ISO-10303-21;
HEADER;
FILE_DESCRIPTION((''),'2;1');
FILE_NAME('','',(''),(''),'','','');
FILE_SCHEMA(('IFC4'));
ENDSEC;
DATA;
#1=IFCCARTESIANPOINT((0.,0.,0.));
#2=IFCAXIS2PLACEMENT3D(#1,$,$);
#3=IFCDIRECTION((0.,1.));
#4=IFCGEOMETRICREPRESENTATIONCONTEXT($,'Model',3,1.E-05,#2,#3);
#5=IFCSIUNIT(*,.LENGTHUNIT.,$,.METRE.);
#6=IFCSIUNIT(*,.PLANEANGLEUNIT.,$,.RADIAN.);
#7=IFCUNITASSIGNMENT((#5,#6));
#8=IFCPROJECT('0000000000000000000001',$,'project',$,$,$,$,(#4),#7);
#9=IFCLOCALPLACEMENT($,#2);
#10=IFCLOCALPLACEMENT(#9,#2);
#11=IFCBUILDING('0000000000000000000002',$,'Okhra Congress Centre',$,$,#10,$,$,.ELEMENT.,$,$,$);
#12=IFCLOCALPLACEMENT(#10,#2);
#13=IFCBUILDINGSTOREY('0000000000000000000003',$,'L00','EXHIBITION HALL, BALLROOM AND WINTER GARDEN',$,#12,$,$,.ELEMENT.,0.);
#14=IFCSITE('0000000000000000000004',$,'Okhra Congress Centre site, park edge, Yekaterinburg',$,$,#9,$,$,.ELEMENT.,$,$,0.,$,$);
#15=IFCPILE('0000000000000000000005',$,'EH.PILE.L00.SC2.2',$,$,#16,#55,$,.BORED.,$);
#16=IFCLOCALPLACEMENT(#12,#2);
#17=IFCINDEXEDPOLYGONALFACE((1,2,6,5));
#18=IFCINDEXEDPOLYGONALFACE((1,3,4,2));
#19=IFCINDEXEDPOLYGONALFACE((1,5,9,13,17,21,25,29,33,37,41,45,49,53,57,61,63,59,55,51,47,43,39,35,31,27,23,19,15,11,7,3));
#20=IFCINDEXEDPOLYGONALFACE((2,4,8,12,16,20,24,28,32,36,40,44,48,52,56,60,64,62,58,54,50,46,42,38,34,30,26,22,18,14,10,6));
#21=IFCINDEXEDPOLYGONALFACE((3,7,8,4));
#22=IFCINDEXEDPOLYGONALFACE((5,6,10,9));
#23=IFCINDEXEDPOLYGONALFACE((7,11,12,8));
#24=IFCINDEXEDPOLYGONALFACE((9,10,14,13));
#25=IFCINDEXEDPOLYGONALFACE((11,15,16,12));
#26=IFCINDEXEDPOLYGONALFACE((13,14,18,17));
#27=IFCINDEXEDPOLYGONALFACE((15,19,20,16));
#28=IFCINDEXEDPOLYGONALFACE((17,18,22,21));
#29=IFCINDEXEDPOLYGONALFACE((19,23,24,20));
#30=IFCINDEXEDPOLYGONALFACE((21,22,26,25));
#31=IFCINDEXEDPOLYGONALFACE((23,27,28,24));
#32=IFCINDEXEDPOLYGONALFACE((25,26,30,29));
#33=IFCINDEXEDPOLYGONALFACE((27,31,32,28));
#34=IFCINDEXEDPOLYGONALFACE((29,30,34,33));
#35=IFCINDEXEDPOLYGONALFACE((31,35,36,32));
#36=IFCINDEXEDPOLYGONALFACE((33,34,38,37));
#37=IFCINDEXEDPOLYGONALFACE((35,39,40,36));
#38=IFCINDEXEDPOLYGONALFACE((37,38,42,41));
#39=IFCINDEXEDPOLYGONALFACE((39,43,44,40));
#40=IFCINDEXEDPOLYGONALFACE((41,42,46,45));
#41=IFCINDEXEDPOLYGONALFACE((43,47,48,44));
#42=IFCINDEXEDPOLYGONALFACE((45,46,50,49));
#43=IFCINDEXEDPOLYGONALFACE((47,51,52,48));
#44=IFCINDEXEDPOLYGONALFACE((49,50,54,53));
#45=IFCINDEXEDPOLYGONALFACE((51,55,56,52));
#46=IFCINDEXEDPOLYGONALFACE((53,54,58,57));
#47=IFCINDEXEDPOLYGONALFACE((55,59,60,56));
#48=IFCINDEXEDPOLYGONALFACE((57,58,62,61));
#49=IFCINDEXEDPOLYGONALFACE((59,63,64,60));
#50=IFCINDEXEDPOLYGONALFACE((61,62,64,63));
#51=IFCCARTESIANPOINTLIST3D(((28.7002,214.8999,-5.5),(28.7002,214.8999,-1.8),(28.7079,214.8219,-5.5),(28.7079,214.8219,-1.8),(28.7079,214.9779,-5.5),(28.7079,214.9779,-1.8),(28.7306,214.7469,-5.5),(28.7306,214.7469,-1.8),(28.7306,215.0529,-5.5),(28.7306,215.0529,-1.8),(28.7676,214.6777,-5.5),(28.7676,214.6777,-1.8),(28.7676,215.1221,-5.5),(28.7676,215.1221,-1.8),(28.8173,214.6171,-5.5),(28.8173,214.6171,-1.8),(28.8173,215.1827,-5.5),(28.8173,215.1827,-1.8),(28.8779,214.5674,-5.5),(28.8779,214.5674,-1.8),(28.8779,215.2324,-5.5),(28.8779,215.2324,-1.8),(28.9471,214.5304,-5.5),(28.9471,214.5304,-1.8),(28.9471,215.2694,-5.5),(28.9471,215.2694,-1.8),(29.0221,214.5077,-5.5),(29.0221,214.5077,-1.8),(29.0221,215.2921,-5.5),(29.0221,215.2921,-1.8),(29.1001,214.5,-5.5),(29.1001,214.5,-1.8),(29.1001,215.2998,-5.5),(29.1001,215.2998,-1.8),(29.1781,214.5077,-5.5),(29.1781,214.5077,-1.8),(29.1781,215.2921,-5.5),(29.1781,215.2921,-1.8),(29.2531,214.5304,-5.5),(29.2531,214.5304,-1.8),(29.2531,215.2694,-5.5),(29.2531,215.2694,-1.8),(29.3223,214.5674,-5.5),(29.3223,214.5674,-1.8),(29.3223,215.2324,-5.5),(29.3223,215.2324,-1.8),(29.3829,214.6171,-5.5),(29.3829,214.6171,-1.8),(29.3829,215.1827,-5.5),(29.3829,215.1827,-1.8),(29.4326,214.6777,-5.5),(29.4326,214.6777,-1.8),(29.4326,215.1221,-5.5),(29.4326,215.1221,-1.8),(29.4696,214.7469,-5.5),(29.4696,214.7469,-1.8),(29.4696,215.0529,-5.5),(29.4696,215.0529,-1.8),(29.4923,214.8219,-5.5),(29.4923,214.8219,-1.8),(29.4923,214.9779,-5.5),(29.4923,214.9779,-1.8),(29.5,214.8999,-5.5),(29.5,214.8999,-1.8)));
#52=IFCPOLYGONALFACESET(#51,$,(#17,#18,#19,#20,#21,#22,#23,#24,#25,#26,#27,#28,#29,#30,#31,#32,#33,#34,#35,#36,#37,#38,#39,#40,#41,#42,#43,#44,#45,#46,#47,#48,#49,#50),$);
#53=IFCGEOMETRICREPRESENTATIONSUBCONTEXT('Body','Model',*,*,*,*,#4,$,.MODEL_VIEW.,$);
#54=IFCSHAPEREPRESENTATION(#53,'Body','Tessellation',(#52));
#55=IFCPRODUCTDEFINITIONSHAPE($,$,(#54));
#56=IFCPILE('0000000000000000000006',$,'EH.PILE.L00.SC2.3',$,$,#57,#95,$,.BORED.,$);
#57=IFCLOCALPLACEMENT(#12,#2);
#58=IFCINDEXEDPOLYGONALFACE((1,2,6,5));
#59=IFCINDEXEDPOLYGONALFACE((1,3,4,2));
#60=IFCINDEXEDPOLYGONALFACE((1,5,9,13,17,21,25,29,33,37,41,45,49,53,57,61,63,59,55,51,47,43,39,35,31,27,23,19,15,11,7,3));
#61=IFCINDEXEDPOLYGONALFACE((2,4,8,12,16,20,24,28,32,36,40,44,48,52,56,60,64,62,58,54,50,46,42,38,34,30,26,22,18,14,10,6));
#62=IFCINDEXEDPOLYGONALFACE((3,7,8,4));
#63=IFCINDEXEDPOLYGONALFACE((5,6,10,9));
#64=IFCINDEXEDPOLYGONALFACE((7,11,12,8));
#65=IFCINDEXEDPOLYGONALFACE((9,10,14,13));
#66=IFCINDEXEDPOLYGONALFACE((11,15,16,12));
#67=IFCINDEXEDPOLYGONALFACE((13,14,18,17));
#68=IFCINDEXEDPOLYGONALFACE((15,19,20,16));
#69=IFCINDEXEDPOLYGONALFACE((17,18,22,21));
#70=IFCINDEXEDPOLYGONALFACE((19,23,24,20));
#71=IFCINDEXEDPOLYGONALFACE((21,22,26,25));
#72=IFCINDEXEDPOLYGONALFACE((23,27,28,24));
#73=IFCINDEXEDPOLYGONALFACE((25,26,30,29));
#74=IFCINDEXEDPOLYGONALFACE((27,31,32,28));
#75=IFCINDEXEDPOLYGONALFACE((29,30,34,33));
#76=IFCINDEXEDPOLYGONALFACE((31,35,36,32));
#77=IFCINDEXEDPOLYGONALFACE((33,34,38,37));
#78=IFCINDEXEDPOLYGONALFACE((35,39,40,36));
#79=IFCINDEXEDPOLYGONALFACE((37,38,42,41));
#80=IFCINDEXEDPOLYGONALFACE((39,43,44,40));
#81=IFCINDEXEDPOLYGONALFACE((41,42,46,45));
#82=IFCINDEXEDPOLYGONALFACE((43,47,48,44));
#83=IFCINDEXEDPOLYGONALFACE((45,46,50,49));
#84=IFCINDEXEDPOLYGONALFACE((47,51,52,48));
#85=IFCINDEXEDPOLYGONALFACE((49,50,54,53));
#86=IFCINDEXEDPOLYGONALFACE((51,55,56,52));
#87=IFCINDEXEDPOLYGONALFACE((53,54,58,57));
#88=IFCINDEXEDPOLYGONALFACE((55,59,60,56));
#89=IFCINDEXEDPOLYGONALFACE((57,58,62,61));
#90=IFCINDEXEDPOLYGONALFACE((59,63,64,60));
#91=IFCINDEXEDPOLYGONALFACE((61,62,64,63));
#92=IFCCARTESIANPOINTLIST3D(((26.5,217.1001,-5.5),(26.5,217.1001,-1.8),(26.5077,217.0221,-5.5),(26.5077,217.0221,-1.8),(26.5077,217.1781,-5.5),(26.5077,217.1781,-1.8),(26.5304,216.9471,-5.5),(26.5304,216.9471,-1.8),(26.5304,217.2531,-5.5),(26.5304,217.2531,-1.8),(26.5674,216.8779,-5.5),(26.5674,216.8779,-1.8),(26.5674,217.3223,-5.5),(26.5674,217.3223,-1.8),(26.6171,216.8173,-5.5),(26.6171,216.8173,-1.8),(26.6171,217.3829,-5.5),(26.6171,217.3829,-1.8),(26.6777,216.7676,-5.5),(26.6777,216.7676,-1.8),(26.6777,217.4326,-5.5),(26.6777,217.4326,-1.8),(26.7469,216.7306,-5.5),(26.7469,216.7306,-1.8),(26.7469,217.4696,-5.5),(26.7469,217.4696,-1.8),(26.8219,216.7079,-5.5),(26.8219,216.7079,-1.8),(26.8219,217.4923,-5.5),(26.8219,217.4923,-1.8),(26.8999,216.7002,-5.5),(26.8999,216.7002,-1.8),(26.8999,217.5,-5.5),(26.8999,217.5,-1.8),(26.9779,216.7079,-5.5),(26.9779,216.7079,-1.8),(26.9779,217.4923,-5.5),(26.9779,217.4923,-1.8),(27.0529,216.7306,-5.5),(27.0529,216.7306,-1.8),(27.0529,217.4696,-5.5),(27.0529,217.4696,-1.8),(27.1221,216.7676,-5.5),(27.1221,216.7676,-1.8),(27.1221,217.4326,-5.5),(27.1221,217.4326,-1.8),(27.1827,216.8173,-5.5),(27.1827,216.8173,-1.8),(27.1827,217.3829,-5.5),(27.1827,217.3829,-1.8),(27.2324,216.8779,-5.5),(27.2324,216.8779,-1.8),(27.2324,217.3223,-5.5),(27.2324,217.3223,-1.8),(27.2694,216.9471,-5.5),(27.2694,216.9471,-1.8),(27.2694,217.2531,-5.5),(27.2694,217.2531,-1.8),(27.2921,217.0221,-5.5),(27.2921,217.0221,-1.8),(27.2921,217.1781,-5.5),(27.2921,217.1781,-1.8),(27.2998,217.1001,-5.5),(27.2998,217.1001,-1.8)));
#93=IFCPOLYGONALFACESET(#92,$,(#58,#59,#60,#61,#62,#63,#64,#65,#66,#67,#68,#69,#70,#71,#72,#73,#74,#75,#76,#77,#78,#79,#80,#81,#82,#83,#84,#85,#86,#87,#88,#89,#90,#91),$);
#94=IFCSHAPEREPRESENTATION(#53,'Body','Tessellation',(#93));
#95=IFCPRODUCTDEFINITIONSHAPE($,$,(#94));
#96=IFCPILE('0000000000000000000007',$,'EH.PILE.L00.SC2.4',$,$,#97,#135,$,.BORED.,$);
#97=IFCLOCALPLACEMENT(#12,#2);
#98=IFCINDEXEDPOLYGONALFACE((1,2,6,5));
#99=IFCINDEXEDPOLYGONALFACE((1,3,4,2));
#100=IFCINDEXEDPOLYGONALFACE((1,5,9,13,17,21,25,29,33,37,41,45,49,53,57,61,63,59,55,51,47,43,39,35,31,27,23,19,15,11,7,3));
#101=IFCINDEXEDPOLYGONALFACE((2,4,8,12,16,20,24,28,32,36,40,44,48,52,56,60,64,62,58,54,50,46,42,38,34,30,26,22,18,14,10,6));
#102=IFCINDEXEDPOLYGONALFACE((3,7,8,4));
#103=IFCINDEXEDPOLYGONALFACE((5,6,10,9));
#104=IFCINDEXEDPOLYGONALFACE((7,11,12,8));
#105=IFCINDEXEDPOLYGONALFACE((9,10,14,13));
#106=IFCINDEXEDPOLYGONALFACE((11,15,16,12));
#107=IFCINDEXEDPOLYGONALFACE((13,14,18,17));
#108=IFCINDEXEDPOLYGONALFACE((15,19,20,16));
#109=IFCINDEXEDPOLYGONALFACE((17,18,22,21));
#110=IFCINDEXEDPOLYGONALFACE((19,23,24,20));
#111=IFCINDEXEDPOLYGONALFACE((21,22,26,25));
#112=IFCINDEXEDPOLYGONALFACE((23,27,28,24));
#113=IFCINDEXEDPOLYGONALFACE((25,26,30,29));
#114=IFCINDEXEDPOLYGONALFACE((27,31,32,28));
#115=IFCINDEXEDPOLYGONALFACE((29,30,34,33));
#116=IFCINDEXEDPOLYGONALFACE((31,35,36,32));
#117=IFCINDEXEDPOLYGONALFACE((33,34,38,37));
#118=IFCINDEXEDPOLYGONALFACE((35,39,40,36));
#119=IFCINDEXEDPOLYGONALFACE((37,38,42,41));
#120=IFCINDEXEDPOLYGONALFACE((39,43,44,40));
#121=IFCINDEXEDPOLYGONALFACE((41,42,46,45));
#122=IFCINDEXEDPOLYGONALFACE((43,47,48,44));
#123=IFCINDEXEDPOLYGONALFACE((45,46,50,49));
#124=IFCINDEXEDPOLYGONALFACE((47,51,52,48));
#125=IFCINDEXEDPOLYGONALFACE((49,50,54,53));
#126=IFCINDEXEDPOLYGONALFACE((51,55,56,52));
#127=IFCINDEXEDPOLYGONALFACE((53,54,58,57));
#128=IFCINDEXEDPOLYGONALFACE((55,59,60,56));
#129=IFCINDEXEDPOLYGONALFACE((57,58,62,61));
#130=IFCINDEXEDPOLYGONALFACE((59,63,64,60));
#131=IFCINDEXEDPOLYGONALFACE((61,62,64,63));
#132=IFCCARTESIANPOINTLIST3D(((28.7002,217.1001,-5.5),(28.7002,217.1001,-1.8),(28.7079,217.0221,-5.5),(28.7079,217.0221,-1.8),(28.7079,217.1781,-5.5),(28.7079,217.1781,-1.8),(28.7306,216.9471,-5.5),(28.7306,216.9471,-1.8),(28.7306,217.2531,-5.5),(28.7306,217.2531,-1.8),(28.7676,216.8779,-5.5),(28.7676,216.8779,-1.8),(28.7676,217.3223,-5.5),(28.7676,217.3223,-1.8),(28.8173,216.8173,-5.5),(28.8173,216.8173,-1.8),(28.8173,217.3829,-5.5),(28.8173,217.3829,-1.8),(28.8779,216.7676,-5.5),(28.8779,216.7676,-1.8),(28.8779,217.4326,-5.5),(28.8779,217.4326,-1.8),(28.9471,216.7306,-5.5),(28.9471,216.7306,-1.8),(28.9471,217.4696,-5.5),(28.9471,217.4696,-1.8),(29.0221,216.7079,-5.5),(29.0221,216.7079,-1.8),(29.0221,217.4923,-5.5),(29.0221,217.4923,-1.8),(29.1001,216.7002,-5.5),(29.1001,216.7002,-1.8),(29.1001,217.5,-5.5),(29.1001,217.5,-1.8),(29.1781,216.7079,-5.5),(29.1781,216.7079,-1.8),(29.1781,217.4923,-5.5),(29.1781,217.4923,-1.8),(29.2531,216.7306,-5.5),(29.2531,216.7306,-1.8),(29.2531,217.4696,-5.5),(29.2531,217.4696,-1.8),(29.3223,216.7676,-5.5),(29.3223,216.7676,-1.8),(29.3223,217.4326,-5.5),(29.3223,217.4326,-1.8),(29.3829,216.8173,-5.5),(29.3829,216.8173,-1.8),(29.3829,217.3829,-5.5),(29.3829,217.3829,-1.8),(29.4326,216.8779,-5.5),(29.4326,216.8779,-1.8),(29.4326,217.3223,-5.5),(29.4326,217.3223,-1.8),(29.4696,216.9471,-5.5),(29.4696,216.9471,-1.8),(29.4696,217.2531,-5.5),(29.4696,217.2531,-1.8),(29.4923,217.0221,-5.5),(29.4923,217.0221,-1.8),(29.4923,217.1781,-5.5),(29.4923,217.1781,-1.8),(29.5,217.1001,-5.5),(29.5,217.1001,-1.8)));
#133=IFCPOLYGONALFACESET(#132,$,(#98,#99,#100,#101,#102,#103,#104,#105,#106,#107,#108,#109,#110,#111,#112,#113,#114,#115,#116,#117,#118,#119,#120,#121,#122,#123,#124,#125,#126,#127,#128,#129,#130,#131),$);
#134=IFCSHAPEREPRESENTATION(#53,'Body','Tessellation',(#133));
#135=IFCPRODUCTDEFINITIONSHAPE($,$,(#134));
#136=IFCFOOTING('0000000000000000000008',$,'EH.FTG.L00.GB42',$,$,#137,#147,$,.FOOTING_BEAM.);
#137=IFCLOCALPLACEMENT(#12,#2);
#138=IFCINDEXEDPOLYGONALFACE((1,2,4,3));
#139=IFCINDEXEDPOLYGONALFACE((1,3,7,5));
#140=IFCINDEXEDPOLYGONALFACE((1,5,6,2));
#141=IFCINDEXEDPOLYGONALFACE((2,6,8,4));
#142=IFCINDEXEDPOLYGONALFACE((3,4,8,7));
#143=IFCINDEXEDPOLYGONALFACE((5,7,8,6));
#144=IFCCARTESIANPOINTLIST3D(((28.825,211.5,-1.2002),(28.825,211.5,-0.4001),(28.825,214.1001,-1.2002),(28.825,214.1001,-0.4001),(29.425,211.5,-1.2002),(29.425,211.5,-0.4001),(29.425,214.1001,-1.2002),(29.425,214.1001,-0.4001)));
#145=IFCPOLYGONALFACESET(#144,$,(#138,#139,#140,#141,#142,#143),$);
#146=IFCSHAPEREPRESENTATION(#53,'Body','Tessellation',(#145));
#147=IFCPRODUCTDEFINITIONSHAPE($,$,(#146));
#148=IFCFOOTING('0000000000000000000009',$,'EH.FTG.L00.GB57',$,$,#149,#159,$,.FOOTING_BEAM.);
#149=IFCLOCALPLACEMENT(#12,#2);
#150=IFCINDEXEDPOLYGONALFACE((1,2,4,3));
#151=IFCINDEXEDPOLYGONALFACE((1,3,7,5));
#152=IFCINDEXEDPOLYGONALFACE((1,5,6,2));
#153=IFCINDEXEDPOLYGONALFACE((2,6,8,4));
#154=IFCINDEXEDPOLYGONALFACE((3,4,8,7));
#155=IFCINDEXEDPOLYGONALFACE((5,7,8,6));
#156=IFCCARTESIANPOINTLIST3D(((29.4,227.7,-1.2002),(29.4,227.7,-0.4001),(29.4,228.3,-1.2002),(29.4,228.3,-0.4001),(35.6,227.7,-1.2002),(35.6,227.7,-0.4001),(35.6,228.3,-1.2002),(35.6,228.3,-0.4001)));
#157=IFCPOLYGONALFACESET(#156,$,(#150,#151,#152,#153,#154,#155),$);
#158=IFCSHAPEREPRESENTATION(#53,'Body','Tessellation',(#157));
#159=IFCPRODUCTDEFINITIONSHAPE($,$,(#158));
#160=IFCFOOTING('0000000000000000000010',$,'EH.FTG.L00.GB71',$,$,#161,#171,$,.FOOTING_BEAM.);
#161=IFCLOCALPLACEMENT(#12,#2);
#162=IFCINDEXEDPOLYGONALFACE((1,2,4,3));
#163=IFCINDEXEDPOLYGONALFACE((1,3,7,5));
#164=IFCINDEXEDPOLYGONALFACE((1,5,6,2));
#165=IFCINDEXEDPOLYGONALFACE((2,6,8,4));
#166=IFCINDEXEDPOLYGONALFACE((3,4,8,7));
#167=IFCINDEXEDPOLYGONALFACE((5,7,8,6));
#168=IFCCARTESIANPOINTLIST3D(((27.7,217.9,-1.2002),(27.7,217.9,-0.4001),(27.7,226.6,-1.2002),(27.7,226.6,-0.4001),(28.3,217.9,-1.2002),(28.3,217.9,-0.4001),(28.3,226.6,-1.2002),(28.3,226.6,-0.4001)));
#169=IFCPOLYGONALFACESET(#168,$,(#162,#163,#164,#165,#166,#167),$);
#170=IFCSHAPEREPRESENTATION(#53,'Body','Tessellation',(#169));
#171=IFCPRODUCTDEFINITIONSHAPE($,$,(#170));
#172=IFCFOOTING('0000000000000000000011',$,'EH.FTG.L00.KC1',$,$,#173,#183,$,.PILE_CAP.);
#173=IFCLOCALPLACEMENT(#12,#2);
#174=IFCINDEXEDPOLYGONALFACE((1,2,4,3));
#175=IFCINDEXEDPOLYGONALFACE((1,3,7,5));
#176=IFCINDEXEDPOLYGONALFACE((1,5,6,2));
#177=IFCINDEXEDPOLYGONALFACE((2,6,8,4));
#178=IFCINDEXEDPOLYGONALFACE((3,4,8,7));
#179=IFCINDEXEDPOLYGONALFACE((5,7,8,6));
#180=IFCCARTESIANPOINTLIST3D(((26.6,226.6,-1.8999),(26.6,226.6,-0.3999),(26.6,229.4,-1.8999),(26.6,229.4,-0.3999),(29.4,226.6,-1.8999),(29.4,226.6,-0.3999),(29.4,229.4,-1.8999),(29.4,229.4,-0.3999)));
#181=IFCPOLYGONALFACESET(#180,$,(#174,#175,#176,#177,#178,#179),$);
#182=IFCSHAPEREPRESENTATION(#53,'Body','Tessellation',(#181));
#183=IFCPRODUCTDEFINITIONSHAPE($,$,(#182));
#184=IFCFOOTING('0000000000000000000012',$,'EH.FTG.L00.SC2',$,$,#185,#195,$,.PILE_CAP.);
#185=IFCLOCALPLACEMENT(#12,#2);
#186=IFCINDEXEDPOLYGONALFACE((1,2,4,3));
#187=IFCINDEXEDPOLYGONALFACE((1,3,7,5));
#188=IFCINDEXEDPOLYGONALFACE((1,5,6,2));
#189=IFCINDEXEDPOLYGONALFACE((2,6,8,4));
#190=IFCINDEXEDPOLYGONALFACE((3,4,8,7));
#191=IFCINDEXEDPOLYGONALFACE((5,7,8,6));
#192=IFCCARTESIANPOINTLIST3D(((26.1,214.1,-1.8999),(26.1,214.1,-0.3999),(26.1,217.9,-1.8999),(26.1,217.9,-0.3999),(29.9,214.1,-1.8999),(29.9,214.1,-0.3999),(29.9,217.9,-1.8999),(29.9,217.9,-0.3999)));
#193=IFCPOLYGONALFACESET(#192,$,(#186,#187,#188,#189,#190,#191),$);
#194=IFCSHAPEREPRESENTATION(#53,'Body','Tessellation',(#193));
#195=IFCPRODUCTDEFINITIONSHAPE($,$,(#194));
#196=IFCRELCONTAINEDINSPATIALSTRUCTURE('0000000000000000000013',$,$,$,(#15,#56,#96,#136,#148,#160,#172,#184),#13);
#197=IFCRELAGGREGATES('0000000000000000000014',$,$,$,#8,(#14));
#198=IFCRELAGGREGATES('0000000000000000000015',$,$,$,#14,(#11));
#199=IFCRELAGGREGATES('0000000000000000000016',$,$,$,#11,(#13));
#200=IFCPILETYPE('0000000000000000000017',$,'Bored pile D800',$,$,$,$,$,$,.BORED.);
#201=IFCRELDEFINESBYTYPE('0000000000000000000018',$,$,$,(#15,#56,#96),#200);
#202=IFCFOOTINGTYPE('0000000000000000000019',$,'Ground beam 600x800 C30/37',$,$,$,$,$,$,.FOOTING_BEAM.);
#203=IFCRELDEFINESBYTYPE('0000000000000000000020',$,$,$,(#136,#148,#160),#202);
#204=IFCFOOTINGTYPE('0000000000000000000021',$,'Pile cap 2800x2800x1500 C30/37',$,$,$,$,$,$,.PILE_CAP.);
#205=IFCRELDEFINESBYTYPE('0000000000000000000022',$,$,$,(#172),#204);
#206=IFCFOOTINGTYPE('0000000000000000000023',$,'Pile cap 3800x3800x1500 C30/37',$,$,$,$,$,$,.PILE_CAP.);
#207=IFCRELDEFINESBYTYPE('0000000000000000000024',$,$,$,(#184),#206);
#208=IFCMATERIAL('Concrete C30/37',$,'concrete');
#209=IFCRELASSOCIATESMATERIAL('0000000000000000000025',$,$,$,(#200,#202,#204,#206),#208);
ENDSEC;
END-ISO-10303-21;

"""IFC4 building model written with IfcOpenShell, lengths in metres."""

from ifc_helpers import new_model, si_unit, direction, frame, origin, origin_2d, place, context, subcontext, project, spatial, rectangle, circle, extrude, material, material_profile, profile_set, type_object, element, save


model = new_model("IFC4")

# Units and contexts
model_context = context("Model", 3, precision=1e-05, world=origin(), true_north=direction((0.0, 1.0)))
body_context = subcontext(model_context, "Body", "Model", "MODEL_VIEW")
ifc_project = project(units=[si_unit("LENGTHUNIT", "METRE"), si_unit("PLANEANGLEUNIT", "RADIAN")], contexts=[model_context])

# Site, building, storey
site_placement = place(None, origin())
site = spatial("IfcSite", under=ifc_project, at=site_placement, Name="Okhra Congress Centre site, park edge, Yekaterinburg", CompositionType="ELEMENT", RefElevation=0.0)
building_placement = place(site_placement, origin())
building = spatial("IfcBuilding", under=site, at=building_placement, Name="Okhra Congress Centre", CompositionType="ELEMENT")
storey_placement = place(building_placement, origin())
storey = spatial("IfcBuildingStorey", under=building, at=storey_placement, Name="L00", Description="EXHIBITION HALL, BALLROOM AND WINTER GARDEN", CompositionType="ELEMENT", Elevation=0.0)

# Piles
ifc_material_1 = material(Name="Concrete C30/37", Category="concrete")
ifc_material_profile_1 = material_profile(ifc_material_1, circle(Radius=0.3999, at=origin_2d()), Name="D800")
ifc_profile_set_1 = profile_set([ifc_material_profile_1], Name="Concrete C30/37")
pile_type_1 = type_object("IfcPileType", Name="Bored pile D800", PredefinedType="BORED", material=ifc_profile_set_1)
for number, where, z_axis, x_axis, name in (
    (1, (29.1001, 214.8999, -1.8), (0.0, 0.0, -1.0), (1.0, 0.0, 0.0), "EH.PILE.L00.SC2.2"),
    (2, (26.8999, 217.1001, -1.8), (0.0, 0.0, -1.0), (1.0, 0.0, 0.0), "EH.PILE.L00.SC2.3"),
    (3, (29.1001, 217.1001, -1.8), (0.0, 0.0, -1.0), (1.0, 0.0, 0.0), "EH.PILE.L00.SC2.4"),
):
    element("IfcPile", number, at=place(storey_placement, frame(where, z_axis=z_axis, x_axis=x_axis)), inside=storey, type_object=pile_type_1, Name=name, PredefinedType="BORED", context=body_context, shape_type="SweptSolid", body=[
        extrude(circle(Radius=0.3999, at=origin_2d()), origin(), (0.0, 0.0, 1.0), 3.7),
    ])

# Footings
footing_type_1 = type_object("IfcFootingType", Name="Ground beam 600x800 C30/37", PredefinedType="FOOTING_BEAM", material=ifc_material_1)
footing_1_placement = place(storey_placement, frame((29.125, 212.8, -1.2002), z_axis=(0.0, 0.0, 1.0), x_axis=(0.0, 1.0, 0.0)))
element("IfcFooting", 4, at=footing_1_placement, inside=storey, type_object=footing_type_1, Name="EH.FTG.L00.GB42", PredefinedType="FOOTING_BEAM", context=body_context, shape_type="SweptSolid", body=[
    extrude(rectangle(XDim=2.6001, YDim=0.6001, at=origin_2d()), origin(), (0.0, 0.0, 1.0), 0.8),
])
footing_2_placement = place(storey_placement, frame((32.5, 228.0, -1.2002), z_axis=(0.0, 0.0, 1.0), x_axis=(1.0, 0.0, 0.0)))
element("IfcFooting", 5, at=footing_2_placement, inside=storey, type_object=footing_type_1, Name="EH.FTG.L00.GB57", PredefinedType="FOOTING_BEAM", context=body_context, shape_type="SweptSolid", body=[
    extrude(rectangle(XDim=6.2, YDim=0.6001, at=origin_2d()), origin(), (0.0, 0.0, 1.0), 0.8),
])
footing_3_placement = place(storey_placement, frame((28.0, 222.25, -1.2002), z_axis=(0.0, 0.0, 1.0), x_axis=(0.0, 1.0, 0.0)))
element("IfcFooting", 6, at=footing_3_placement, inside=storey, type_object=footing_type_1, Name="EH.FTG.L00.GB71", PredefinedType="FOOTING_BEAM", context=body_context, shape_type="SweptSolid", body=[
    extrude(rectangle(XDim=8.7, YDim=0.6001, at=origin_2d()), origin(), (0.0, 0.0, 1.0), 0.8),
])
footing_type_2 = type_object("IfcFootingType", Name="Pile cap 2800x2800x1500 C30/37", PredefinedType="PILE_CAP", material=ifc_material_1)
footing_4_placement = place(storey_placement, frame((28.0, 228.0, -1.8999), z_axis=(0.0, 0.0, 1.0), x_axis=(1.0, 0.0, 0.0)))
element("IfcFooting", 7, at=footing_4_placement, inside=storey, type_object=footing_type_2, Name="EH.FTG.L00.KC1", PredefinedType="PILE_CAP", context=body_context, shape_type="SweptSolid", body=[
    extrude(rectangle(XDim=2.8, YDim=2.8, at=origin_2d()), origin(), (0.0, 0.0, 1.0), 1.5),
])
footing_type_3 = type_object("IfcFootingType", Name="Pile cap 3800x3800x1500 C30/37", PredefinedType="PILE_CAP", material=ifc_material_1)
footing_5_placement = place(storey_placement, frame((28.0, 216.0, -1.8999), z_axis=(0.0, 0.0, 1.0), x_axis=(1.0, 0.0, 0.0)))
element("IfcFooting", 8, at=footing_5_placement, inside=storey, type_object=footing_type_3, Name="EH.FTG.L00.SC2", PredefinedType="PILE_CAP", context=body_context, shape_type="SweptSolid", body=[
    extrude(rectangle(XDim=3.8, YDim=3.8, at=origin_2d()), origin(), (0.0, 0.0, 1.0), 1.5),
])

save(model, "model.ifc")
